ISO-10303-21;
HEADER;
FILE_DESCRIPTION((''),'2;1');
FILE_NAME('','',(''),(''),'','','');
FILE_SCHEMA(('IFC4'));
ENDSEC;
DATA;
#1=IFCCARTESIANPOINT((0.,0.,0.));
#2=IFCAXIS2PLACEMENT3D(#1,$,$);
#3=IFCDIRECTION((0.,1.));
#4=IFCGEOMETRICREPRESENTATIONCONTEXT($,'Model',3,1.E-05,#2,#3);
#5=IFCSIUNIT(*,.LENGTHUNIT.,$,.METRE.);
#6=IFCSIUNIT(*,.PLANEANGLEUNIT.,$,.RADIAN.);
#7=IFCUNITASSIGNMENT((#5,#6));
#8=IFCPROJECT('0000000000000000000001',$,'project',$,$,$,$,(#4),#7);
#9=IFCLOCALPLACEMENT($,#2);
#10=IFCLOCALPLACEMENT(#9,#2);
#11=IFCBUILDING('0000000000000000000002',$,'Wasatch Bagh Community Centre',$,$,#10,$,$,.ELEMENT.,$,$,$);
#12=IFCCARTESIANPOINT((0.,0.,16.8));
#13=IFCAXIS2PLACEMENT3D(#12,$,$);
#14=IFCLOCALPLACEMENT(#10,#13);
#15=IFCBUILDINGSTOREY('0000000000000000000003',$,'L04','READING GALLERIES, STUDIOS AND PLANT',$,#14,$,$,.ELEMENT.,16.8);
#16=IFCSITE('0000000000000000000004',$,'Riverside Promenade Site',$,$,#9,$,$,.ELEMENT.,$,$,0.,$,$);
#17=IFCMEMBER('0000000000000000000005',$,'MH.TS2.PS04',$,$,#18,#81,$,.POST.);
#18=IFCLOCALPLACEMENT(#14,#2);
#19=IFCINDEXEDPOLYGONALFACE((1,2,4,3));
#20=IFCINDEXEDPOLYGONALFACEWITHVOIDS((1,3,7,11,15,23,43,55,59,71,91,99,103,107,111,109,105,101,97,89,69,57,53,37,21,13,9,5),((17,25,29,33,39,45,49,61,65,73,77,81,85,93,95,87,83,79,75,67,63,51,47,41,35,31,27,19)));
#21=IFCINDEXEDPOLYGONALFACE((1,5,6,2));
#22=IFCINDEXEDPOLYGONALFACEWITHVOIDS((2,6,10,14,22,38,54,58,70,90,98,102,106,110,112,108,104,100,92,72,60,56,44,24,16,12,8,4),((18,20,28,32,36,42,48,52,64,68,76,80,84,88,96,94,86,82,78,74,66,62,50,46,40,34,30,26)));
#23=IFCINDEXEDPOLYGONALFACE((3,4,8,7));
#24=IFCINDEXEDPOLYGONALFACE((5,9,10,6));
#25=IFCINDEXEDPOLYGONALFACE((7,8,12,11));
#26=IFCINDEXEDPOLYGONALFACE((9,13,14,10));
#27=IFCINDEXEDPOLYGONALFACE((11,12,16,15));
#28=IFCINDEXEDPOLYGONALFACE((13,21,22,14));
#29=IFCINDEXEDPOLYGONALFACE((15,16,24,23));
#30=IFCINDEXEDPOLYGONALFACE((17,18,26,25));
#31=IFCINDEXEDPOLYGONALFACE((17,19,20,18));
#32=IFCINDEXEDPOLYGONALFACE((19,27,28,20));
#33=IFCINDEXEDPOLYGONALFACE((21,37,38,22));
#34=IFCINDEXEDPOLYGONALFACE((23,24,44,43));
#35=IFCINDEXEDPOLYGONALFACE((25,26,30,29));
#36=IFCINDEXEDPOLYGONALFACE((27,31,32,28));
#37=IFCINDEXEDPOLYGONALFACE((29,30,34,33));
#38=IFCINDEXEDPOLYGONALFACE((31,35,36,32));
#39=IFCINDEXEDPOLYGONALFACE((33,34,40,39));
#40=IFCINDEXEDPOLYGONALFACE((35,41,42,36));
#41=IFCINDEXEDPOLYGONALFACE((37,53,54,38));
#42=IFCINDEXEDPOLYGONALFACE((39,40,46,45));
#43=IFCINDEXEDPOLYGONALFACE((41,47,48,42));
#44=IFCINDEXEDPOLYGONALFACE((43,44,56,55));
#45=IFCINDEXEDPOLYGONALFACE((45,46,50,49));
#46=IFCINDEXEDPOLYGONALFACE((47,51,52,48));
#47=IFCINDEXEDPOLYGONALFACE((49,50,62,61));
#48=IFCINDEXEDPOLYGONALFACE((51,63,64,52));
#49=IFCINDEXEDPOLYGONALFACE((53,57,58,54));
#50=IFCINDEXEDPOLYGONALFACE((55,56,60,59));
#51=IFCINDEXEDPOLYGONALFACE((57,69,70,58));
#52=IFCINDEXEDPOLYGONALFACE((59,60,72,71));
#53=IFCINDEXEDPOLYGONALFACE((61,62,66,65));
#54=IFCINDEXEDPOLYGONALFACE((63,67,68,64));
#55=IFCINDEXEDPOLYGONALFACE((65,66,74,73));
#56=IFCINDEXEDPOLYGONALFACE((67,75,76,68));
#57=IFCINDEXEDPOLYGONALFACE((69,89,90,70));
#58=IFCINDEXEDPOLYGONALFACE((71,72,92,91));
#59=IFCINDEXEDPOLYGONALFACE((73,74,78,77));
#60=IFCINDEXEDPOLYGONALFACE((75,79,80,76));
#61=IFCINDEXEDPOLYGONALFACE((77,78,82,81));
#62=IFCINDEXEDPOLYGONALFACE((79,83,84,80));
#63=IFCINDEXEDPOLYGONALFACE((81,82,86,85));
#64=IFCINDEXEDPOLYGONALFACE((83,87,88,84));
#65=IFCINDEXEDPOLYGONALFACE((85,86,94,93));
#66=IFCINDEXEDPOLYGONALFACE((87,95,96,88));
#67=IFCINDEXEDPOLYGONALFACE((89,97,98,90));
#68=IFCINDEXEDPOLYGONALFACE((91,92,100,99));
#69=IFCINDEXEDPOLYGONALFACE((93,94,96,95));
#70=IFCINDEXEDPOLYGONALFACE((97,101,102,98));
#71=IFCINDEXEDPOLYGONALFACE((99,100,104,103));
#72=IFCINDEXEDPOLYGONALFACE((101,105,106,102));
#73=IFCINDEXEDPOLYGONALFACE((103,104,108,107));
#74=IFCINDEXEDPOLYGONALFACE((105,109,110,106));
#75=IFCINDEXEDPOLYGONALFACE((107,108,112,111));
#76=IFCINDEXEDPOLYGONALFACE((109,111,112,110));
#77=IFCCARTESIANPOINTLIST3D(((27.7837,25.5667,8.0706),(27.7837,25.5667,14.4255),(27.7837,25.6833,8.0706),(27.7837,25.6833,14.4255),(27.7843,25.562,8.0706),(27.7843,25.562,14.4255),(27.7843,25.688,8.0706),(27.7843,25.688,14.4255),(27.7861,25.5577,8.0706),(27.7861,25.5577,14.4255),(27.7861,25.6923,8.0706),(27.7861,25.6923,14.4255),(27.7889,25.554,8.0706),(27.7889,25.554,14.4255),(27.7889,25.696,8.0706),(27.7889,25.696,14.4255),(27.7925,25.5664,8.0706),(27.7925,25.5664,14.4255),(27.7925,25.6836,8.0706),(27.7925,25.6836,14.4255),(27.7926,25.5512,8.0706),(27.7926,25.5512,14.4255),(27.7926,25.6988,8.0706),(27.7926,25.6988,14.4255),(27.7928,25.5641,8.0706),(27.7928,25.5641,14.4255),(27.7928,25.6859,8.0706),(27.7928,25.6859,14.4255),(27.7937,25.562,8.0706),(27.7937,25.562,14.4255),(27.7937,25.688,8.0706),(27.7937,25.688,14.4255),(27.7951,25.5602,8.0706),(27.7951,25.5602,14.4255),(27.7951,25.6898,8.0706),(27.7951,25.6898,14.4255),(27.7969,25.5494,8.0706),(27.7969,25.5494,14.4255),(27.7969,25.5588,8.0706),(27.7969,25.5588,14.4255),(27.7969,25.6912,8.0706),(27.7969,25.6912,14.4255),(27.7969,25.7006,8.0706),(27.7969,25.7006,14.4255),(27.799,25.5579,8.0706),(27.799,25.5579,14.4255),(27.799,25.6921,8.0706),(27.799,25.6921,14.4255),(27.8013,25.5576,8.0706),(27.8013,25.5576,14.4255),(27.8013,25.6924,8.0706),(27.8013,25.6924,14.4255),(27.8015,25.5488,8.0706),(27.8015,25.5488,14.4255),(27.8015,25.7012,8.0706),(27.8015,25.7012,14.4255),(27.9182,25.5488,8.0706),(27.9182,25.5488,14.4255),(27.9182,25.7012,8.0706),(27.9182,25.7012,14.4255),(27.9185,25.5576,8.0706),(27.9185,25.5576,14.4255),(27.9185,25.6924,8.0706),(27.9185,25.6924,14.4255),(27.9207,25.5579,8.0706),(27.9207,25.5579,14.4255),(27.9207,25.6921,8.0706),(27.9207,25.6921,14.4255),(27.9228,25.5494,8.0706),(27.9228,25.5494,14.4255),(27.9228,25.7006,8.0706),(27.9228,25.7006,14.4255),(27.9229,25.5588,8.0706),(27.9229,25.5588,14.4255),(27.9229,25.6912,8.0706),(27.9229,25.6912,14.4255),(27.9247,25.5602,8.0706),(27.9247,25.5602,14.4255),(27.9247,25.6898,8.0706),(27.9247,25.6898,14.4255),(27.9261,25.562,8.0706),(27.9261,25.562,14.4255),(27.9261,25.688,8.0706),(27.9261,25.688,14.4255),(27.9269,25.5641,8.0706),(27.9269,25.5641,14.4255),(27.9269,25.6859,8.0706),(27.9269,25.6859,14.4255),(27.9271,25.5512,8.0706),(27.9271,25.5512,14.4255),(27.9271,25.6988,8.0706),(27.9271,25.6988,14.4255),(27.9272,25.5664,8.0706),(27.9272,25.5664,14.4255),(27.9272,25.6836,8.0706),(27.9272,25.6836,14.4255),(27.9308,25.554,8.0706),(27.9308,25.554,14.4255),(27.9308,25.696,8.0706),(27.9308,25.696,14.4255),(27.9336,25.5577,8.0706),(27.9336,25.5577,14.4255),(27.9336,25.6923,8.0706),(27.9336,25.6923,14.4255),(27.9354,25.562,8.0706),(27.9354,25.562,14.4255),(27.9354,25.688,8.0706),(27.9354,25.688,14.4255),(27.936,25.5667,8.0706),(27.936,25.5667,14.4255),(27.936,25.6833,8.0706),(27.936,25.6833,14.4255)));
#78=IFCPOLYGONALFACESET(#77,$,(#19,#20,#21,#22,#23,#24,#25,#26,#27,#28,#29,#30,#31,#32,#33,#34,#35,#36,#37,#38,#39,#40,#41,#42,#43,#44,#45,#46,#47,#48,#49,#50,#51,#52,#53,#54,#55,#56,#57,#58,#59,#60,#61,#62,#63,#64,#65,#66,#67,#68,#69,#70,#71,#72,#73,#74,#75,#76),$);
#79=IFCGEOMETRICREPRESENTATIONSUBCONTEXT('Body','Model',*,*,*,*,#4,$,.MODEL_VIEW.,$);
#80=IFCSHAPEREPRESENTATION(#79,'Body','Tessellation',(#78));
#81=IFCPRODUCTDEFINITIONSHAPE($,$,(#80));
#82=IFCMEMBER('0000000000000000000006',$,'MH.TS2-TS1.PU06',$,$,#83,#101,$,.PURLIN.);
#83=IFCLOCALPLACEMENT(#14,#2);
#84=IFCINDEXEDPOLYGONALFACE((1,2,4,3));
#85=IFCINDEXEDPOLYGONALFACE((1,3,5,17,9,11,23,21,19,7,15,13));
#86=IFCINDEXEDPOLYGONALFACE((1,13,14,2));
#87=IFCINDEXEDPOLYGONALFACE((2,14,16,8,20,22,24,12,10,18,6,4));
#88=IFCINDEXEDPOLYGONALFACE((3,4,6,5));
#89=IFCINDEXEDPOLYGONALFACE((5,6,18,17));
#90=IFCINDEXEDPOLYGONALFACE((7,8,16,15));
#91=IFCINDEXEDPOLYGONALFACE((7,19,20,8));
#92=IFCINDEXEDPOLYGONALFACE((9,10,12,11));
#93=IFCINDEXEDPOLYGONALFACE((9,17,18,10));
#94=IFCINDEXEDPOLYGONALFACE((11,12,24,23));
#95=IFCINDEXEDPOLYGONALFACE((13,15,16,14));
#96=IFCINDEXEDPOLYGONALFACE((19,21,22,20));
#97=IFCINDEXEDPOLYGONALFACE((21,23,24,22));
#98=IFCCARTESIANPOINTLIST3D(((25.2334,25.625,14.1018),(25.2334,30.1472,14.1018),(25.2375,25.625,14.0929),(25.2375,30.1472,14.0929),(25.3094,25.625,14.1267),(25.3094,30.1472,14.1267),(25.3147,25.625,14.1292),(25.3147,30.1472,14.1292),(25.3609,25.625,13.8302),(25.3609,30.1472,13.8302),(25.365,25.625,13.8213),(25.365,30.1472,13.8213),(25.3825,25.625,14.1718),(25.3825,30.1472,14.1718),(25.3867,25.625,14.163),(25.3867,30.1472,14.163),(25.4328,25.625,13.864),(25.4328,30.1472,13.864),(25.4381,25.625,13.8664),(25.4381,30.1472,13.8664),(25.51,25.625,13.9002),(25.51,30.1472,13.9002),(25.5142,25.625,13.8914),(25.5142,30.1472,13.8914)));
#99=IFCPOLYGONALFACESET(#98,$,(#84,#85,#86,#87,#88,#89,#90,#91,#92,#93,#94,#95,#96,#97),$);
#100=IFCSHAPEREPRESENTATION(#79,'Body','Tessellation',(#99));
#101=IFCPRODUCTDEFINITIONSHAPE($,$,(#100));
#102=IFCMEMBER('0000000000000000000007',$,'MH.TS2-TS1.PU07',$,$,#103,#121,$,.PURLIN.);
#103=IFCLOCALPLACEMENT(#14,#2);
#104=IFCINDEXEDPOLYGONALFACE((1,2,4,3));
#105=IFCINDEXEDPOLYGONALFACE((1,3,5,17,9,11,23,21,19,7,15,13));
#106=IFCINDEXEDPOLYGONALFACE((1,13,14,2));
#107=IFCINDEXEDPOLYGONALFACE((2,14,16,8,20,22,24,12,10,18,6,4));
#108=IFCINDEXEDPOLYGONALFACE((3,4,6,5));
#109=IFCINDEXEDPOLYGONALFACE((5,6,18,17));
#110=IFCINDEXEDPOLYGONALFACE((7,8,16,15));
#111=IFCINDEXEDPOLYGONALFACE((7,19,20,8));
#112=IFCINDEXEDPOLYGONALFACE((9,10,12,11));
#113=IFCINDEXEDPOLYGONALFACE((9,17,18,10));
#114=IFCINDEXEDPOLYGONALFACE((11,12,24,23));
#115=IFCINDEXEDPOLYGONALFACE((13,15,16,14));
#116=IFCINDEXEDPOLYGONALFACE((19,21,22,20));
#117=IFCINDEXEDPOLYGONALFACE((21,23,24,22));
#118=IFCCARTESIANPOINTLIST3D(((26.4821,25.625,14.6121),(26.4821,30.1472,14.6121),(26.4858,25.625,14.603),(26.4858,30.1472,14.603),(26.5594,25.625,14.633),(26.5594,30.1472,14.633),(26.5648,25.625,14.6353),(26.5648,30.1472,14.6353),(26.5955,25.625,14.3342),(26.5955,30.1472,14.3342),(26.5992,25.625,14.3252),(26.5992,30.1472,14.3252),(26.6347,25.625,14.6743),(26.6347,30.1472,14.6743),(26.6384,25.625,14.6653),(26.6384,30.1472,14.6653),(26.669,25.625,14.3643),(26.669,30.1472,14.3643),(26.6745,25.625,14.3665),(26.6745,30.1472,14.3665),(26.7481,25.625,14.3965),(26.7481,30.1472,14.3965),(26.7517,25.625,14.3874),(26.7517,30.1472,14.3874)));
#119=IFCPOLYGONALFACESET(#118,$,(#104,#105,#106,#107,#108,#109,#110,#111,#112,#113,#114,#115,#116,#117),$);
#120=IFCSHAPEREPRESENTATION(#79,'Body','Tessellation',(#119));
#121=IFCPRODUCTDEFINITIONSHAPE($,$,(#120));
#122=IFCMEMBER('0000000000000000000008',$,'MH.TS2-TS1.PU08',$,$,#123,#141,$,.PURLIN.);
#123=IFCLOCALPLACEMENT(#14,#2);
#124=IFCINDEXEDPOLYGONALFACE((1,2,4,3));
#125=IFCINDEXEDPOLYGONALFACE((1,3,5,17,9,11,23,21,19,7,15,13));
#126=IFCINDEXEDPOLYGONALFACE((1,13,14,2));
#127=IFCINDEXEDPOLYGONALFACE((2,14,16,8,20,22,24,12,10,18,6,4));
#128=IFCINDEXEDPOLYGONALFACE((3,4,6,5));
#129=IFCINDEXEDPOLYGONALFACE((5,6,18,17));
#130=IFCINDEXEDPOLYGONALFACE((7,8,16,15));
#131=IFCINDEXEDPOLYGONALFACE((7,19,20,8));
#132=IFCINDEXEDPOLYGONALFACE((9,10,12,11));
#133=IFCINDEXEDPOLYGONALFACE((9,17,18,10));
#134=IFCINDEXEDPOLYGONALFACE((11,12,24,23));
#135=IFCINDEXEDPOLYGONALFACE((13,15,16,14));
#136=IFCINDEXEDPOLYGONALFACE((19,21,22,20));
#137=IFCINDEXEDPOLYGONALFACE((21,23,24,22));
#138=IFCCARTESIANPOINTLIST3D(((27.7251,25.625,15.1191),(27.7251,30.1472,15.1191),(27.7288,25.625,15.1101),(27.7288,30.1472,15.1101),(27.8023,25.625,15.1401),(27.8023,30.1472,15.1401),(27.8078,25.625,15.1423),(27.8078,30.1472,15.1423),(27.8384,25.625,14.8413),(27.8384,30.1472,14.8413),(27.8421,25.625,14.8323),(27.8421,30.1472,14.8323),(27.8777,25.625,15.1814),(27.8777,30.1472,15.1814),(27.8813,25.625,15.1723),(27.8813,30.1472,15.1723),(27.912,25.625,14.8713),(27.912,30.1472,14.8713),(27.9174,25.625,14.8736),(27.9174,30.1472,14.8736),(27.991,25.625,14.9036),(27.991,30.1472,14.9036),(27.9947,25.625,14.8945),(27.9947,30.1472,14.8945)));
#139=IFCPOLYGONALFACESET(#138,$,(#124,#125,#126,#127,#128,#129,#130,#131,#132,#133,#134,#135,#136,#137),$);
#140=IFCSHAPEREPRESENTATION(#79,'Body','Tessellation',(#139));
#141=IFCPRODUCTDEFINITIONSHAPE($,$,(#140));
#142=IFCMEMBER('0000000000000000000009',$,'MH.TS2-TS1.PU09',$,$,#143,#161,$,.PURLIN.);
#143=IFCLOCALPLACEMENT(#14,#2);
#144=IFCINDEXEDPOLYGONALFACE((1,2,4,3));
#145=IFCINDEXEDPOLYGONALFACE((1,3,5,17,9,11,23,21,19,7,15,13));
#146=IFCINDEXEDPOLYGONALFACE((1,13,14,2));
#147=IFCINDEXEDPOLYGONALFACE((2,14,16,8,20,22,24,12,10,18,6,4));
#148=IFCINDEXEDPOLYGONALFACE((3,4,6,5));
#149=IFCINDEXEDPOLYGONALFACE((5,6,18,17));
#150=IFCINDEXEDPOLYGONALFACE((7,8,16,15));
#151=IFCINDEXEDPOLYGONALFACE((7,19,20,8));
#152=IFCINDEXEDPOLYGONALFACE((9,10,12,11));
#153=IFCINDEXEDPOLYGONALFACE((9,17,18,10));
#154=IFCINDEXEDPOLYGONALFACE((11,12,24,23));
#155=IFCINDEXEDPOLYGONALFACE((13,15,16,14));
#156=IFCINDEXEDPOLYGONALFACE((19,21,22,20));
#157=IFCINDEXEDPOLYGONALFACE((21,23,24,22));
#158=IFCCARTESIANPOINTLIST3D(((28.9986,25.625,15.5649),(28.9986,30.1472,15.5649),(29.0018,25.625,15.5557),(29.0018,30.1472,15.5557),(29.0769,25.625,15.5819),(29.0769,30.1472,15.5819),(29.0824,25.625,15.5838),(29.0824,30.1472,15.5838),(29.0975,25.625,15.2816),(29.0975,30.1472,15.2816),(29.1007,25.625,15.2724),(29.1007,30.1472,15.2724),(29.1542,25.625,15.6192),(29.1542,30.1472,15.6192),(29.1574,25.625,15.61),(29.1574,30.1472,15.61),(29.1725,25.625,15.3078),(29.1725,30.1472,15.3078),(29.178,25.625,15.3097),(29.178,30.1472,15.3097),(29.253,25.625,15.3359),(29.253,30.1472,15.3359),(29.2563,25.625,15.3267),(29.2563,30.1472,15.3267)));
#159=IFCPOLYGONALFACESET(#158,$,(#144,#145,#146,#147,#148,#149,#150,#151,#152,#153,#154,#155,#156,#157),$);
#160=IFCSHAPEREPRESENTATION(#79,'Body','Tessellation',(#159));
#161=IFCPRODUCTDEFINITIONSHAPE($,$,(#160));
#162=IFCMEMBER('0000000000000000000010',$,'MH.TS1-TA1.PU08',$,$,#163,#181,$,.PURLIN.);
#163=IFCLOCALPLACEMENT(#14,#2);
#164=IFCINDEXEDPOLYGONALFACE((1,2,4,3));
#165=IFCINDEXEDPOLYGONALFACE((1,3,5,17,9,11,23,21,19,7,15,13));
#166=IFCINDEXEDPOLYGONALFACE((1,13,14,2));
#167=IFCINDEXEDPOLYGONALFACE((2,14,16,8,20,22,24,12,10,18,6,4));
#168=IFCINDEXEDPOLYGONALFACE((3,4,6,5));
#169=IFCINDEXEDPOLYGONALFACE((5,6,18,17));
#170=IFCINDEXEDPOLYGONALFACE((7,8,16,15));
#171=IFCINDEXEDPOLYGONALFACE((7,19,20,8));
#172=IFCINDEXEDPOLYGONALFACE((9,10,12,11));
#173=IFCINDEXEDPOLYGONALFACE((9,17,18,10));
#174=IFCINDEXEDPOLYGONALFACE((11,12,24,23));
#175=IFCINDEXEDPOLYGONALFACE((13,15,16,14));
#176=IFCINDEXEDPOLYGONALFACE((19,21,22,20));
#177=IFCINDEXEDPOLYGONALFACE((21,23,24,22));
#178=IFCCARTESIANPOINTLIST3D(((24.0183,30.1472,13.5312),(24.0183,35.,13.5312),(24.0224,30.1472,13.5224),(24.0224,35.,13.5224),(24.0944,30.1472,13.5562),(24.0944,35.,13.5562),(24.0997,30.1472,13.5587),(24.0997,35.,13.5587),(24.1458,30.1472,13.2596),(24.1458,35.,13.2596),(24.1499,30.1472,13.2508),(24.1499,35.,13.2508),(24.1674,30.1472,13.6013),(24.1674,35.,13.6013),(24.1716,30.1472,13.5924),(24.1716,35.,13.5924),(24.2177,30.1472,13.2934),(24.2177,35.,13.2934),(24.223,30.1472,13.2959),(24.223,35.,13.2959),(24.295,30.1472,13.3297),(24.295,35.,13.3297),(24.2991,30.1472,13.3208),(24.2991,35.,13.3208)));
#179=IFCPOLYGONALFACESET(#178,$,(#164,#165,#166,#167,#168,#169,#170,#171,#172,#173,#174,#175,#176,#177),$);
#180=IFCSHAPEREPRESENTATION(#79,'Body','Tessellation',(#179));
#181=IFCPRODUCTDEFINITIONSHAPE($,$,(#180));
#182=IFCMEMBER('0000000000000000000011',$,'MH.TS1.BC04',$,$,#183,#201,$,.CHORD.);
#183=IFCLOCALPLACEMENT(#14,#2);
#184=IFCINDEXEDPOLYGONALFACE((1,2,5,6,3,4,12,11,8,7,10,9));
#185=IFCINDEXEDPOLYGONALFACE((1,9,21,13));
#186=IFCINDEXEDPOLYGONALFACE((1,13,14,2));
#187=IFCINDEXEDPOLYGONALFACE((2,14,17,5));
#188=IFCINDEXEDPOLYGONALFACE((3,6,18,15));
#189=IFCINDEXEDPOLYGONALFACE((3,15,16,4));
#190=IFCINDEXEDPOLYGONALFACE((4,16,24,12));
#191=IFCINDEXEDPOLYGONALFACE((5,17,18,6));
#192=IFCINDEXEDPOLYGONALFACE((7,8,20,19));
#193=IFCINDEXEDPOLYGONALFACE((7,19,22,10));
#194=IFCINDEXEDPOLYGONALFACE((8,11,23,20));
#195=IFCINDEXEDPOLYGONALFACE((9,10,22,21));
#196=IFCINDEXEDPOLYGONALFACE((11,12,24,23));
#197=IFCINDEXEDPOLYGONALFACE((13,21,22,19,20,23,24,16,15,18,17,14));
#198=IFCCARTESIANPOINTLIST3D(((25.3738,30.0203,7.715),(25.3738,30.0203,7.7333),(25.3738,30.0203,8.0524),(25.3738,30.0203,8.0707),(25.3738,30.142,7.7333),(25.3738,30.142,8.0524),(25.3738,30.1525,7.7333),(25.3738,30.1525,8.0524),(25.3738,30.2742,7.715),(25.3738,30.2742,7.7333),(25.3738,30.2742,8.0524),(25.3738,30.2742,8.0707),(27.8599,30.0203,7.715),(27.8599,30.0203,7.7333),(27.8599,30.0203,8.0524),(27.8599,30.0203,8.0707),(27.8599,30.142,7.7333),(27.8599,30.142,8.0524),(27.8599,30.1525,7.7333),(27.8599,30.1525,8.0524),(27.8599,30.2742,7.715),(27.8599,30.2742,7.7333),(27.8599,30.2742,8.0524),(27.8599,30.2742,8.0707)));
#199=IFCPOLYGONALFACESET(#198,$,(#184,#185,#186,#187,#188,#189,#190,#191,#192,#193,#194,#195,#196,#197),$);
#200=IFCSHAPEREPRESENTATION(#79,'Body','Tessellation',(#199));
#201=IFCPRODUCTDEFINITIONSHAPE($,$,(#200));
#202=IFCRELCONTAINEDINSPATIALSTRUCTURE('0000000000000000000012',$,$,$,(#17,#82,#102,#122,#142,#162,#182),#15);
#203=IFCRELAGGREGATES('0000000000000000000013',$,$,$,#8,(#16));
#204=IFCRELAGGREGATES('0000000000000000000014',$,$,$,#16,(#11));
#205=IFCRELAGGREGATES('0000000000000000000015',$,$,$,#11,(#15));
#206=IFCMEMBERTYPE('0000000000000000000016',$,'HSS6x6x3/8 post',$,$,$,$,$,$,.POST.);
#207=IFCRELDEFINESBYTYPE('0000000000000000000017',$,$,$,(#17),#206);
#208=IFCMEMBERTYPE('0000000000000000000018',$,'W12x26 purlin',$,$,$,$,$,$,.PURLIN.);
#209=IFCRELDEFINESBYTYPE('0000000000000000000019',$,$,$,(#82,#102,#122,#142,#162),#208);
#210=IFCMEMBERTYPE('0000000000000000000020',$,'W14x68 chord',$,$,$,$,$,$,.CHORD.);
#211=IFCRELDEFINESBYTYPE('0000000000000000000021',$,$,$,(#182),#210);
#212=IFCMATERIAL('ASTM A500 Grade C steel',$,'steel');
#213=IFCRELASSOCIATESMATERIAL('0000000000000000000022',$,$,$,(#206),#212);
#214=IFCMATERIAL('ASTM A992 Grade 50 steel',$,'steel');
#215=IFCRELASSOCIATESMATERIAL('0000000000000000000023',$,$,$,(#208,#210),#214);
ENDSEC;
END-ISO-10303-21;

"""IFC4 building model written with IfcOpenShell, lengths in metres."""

from ifc_helpers import new_model, si_unit, direction, frame, origin, origin_2d, place, context, subcontext, project, spatial, hollow_rectangle, i_section, extrude, material, material_profile, profile_set, type_object, element, save


model = new_model("IFC4")

# Units and contexts
model_context = context("Model", 3, precision=1e-05, world=origin(), true_north=direction((0.0, 1.0)))
body_context = subcontext(model_context, "Body", "Model", "MODEL_VIEW")
ifc_project = project(units=[si_unit("LENGTHUNIT", "METRE"), si_unit("PLANEANGLEUNIT", "RADIAN")], contexts=[model_context])

# Site, building, storey
site_placement = place(None, origin())
site = spatial("IfcSite", under=ifc_project, at=site_placement, Name="Riverside Promenade Site", CompositionType="ELEMENT", RefElevation=0.0)
building_placement = place(site_placement, origin())
building = spatial("IfcBuilding", under=site, at=building_placement, Name="Wasatch Bagh Community Centre", CompositionType="ELEMENT")
storey_placement = place(building_placement, frame((0.0, 0.0, 16.8)))
storey = spatial("IfcBuildingStorey", under=building, at=storey_placement, Name="L04", Description="READING GALLERIES, STUDIOS AND PLANT", CompositionType="ELEMENT", Elevation=16.8)

# Members
ifc_material_1 = material(Name="ASTM A500 Grade C steel", Category="steel")
ifc_material_profile_1 = material_profile(ifc_material_1, hollow_rectangle(XDim=0.1523, YDim=0.1523, WallThickness=0.0088, InnerFilletRadius=0.0088, OuterFilletRadius=0.0178, at=origin_2d()), Name="HSS6x6x3/8")
ifc_profile_set_1 = profile_set([ifc_material_profile_1], Name="ASTM A500 Grade C steel")
member_type_1 = type_object("IfcMemberType", Name="HSS6x6x3/8 post", PredefinedType="POST", material=ifc_profile_set_1)
member_1_placement = place(storey_placement, frame((27.8599, 25.625, 8.0706), z_axis=(0.0, 0.0, 1.0), x_axis=(1.0, 0.0, 0.0)))
element("IfcMember", 1, at=member_1_placement, inside=storey, type_object=member_type_1, Name="MH.TS2.PS04", PredefinedType="POST", context=body_context, shape_type="SweptSolid", body=[
    extrude(hollow_rectangle(XDim=0.1523, YDim=0.1523, WallThickness=0.0088, InnerFilletRadius=0.0088, OuterFilletRadius=0.0178, at=origin_2d()), origin(), (0.0, 0.0, 1.0), 6.355),
])
ifc_material_2 = material(Name="ASTM A992 Grade 50 steel", Category="steel")
ifc_material_profile_2 = material_profile(ifc_material_2, i_section(OverallWidth=0.1648, OverallDepth=0.3098, WebThickness=0.0059, FlangeThickness=0.0098, at=origin_2d()), Name="W12x26")
ifc_profile_set_2 = profile_set([ifc_material_profile_2], Name="ASTM A992 Grade 50 steel")
member_type_2 = type_object("IfcMemberType", Name="W12x26 purlin", PredefinedType="PURLIN", material=ifc_profile_set_2)
for number, where, z_axis, x_axis, name in (
    (2, (25.3738, 25.625, 13.9966), (0.0, 1.0, 0.0), (-0.905205, 0.0, -0.424976), "MH.TS2-TS1.PU06"),
    (3, (26.6169, 25.625, 14.4998), (0.0, 1.0, 0.0), (-0.925934, 0.0, -0.377686), "MH.TS2-TS1.PU07"),
    (4, (27.8599, 25.625, 15.0068), (0.0, 1.0, 0.0), (-0.925934, 0.0, -0.377686), "MH.TS2-TS1.PU08"),
    (5, (29.1274, 25.625, 15.4458), (0.0, 1.0, 0.0), (-0.944194, 0.0, -0.329389), "MH.TS2-TS1.PU09"),
):
    element("IfcMember", number, at=place(storey_placement, frame(where, z_axis=z_axis, x_axis=x_axis)), inside=storey, type_object=member_type_2, Name=name, PredefinedType="PURLIN", context=body_context, shape_type="SweptSolid", body=[
        extrude(i_section(OverallWidth=0.1648, OverallDepth=0.3098, WebThickness=0.0059, FlangeThickness=0.0098, at=origin_2d()), origin(), (0.0, 0.0, 1.0), 4.5222),
    ])
member_2_placement = place(storey_placement, frame((24.1587, 30.1472, 13.426), z_axis=(0.0, 1.0, 0.0), x_axis=(-0.905205, 0.0, -0.424976)))
element("IfcMember", 6, at=member_2_placement, inside=storey, type_object=member_type_2, Name="MH.TS1-TA1.PU08", PredefinedType="PURLIN", context=body_context, shape_type="SweptSolid", body=[
    extrude(i_section(OverallWidth=0.1648, OverallDepth=0.3098, WebThickness=0.0059, FlangeThickness=0.0098, at=origin_2d()), origin(), (0.0, 0.0, 1.0), 4.8528),
])
ifc_material_profile_3 = material_profile(ifc_material_2, i_section(OverallWidth=0.2539, OverallDepth=0.3557, WebThickness=0.0105, FlangeThickness=0.0183, at=origin_2d()), Name="W14x68")
ifc_profile_set_3 = profile_set([ifc_material_profile_3], Name="ASTM A992 Grade 50 steel")
member_type_3 = type_object("IfcMemberType", Name="W14x68 chord", PredefinedType="CHORD", material=ifc_profile_set_3)
for number, where, z_axis, x_axis, name in (
    (7, (25.3738, 30.1472, 7.8928), (1.0, 0.0, 0.0), (0.0, 1.0, 0.0), "MH.TS1.BC04"),
):
    element("IfcMember", number, at=place(storey_placement, frame(where, z_axis=z_axis, x_axis=x_axis)), inside=storey, type_object=member_type_3, Name=name, PredefinedType="CHORD", context=body_context, shape_type="SweptSolid", body=[
        extrude(i_section(OverallWidth=0.2539, OverallDepth=0.3557, WebThickness=0.0105, FlangeThickness=0.0183, at=origin_2d()), origin(), (0.0, 0.0, 1.0), 2.4861),
    ])

save(model, "model.ifc")
